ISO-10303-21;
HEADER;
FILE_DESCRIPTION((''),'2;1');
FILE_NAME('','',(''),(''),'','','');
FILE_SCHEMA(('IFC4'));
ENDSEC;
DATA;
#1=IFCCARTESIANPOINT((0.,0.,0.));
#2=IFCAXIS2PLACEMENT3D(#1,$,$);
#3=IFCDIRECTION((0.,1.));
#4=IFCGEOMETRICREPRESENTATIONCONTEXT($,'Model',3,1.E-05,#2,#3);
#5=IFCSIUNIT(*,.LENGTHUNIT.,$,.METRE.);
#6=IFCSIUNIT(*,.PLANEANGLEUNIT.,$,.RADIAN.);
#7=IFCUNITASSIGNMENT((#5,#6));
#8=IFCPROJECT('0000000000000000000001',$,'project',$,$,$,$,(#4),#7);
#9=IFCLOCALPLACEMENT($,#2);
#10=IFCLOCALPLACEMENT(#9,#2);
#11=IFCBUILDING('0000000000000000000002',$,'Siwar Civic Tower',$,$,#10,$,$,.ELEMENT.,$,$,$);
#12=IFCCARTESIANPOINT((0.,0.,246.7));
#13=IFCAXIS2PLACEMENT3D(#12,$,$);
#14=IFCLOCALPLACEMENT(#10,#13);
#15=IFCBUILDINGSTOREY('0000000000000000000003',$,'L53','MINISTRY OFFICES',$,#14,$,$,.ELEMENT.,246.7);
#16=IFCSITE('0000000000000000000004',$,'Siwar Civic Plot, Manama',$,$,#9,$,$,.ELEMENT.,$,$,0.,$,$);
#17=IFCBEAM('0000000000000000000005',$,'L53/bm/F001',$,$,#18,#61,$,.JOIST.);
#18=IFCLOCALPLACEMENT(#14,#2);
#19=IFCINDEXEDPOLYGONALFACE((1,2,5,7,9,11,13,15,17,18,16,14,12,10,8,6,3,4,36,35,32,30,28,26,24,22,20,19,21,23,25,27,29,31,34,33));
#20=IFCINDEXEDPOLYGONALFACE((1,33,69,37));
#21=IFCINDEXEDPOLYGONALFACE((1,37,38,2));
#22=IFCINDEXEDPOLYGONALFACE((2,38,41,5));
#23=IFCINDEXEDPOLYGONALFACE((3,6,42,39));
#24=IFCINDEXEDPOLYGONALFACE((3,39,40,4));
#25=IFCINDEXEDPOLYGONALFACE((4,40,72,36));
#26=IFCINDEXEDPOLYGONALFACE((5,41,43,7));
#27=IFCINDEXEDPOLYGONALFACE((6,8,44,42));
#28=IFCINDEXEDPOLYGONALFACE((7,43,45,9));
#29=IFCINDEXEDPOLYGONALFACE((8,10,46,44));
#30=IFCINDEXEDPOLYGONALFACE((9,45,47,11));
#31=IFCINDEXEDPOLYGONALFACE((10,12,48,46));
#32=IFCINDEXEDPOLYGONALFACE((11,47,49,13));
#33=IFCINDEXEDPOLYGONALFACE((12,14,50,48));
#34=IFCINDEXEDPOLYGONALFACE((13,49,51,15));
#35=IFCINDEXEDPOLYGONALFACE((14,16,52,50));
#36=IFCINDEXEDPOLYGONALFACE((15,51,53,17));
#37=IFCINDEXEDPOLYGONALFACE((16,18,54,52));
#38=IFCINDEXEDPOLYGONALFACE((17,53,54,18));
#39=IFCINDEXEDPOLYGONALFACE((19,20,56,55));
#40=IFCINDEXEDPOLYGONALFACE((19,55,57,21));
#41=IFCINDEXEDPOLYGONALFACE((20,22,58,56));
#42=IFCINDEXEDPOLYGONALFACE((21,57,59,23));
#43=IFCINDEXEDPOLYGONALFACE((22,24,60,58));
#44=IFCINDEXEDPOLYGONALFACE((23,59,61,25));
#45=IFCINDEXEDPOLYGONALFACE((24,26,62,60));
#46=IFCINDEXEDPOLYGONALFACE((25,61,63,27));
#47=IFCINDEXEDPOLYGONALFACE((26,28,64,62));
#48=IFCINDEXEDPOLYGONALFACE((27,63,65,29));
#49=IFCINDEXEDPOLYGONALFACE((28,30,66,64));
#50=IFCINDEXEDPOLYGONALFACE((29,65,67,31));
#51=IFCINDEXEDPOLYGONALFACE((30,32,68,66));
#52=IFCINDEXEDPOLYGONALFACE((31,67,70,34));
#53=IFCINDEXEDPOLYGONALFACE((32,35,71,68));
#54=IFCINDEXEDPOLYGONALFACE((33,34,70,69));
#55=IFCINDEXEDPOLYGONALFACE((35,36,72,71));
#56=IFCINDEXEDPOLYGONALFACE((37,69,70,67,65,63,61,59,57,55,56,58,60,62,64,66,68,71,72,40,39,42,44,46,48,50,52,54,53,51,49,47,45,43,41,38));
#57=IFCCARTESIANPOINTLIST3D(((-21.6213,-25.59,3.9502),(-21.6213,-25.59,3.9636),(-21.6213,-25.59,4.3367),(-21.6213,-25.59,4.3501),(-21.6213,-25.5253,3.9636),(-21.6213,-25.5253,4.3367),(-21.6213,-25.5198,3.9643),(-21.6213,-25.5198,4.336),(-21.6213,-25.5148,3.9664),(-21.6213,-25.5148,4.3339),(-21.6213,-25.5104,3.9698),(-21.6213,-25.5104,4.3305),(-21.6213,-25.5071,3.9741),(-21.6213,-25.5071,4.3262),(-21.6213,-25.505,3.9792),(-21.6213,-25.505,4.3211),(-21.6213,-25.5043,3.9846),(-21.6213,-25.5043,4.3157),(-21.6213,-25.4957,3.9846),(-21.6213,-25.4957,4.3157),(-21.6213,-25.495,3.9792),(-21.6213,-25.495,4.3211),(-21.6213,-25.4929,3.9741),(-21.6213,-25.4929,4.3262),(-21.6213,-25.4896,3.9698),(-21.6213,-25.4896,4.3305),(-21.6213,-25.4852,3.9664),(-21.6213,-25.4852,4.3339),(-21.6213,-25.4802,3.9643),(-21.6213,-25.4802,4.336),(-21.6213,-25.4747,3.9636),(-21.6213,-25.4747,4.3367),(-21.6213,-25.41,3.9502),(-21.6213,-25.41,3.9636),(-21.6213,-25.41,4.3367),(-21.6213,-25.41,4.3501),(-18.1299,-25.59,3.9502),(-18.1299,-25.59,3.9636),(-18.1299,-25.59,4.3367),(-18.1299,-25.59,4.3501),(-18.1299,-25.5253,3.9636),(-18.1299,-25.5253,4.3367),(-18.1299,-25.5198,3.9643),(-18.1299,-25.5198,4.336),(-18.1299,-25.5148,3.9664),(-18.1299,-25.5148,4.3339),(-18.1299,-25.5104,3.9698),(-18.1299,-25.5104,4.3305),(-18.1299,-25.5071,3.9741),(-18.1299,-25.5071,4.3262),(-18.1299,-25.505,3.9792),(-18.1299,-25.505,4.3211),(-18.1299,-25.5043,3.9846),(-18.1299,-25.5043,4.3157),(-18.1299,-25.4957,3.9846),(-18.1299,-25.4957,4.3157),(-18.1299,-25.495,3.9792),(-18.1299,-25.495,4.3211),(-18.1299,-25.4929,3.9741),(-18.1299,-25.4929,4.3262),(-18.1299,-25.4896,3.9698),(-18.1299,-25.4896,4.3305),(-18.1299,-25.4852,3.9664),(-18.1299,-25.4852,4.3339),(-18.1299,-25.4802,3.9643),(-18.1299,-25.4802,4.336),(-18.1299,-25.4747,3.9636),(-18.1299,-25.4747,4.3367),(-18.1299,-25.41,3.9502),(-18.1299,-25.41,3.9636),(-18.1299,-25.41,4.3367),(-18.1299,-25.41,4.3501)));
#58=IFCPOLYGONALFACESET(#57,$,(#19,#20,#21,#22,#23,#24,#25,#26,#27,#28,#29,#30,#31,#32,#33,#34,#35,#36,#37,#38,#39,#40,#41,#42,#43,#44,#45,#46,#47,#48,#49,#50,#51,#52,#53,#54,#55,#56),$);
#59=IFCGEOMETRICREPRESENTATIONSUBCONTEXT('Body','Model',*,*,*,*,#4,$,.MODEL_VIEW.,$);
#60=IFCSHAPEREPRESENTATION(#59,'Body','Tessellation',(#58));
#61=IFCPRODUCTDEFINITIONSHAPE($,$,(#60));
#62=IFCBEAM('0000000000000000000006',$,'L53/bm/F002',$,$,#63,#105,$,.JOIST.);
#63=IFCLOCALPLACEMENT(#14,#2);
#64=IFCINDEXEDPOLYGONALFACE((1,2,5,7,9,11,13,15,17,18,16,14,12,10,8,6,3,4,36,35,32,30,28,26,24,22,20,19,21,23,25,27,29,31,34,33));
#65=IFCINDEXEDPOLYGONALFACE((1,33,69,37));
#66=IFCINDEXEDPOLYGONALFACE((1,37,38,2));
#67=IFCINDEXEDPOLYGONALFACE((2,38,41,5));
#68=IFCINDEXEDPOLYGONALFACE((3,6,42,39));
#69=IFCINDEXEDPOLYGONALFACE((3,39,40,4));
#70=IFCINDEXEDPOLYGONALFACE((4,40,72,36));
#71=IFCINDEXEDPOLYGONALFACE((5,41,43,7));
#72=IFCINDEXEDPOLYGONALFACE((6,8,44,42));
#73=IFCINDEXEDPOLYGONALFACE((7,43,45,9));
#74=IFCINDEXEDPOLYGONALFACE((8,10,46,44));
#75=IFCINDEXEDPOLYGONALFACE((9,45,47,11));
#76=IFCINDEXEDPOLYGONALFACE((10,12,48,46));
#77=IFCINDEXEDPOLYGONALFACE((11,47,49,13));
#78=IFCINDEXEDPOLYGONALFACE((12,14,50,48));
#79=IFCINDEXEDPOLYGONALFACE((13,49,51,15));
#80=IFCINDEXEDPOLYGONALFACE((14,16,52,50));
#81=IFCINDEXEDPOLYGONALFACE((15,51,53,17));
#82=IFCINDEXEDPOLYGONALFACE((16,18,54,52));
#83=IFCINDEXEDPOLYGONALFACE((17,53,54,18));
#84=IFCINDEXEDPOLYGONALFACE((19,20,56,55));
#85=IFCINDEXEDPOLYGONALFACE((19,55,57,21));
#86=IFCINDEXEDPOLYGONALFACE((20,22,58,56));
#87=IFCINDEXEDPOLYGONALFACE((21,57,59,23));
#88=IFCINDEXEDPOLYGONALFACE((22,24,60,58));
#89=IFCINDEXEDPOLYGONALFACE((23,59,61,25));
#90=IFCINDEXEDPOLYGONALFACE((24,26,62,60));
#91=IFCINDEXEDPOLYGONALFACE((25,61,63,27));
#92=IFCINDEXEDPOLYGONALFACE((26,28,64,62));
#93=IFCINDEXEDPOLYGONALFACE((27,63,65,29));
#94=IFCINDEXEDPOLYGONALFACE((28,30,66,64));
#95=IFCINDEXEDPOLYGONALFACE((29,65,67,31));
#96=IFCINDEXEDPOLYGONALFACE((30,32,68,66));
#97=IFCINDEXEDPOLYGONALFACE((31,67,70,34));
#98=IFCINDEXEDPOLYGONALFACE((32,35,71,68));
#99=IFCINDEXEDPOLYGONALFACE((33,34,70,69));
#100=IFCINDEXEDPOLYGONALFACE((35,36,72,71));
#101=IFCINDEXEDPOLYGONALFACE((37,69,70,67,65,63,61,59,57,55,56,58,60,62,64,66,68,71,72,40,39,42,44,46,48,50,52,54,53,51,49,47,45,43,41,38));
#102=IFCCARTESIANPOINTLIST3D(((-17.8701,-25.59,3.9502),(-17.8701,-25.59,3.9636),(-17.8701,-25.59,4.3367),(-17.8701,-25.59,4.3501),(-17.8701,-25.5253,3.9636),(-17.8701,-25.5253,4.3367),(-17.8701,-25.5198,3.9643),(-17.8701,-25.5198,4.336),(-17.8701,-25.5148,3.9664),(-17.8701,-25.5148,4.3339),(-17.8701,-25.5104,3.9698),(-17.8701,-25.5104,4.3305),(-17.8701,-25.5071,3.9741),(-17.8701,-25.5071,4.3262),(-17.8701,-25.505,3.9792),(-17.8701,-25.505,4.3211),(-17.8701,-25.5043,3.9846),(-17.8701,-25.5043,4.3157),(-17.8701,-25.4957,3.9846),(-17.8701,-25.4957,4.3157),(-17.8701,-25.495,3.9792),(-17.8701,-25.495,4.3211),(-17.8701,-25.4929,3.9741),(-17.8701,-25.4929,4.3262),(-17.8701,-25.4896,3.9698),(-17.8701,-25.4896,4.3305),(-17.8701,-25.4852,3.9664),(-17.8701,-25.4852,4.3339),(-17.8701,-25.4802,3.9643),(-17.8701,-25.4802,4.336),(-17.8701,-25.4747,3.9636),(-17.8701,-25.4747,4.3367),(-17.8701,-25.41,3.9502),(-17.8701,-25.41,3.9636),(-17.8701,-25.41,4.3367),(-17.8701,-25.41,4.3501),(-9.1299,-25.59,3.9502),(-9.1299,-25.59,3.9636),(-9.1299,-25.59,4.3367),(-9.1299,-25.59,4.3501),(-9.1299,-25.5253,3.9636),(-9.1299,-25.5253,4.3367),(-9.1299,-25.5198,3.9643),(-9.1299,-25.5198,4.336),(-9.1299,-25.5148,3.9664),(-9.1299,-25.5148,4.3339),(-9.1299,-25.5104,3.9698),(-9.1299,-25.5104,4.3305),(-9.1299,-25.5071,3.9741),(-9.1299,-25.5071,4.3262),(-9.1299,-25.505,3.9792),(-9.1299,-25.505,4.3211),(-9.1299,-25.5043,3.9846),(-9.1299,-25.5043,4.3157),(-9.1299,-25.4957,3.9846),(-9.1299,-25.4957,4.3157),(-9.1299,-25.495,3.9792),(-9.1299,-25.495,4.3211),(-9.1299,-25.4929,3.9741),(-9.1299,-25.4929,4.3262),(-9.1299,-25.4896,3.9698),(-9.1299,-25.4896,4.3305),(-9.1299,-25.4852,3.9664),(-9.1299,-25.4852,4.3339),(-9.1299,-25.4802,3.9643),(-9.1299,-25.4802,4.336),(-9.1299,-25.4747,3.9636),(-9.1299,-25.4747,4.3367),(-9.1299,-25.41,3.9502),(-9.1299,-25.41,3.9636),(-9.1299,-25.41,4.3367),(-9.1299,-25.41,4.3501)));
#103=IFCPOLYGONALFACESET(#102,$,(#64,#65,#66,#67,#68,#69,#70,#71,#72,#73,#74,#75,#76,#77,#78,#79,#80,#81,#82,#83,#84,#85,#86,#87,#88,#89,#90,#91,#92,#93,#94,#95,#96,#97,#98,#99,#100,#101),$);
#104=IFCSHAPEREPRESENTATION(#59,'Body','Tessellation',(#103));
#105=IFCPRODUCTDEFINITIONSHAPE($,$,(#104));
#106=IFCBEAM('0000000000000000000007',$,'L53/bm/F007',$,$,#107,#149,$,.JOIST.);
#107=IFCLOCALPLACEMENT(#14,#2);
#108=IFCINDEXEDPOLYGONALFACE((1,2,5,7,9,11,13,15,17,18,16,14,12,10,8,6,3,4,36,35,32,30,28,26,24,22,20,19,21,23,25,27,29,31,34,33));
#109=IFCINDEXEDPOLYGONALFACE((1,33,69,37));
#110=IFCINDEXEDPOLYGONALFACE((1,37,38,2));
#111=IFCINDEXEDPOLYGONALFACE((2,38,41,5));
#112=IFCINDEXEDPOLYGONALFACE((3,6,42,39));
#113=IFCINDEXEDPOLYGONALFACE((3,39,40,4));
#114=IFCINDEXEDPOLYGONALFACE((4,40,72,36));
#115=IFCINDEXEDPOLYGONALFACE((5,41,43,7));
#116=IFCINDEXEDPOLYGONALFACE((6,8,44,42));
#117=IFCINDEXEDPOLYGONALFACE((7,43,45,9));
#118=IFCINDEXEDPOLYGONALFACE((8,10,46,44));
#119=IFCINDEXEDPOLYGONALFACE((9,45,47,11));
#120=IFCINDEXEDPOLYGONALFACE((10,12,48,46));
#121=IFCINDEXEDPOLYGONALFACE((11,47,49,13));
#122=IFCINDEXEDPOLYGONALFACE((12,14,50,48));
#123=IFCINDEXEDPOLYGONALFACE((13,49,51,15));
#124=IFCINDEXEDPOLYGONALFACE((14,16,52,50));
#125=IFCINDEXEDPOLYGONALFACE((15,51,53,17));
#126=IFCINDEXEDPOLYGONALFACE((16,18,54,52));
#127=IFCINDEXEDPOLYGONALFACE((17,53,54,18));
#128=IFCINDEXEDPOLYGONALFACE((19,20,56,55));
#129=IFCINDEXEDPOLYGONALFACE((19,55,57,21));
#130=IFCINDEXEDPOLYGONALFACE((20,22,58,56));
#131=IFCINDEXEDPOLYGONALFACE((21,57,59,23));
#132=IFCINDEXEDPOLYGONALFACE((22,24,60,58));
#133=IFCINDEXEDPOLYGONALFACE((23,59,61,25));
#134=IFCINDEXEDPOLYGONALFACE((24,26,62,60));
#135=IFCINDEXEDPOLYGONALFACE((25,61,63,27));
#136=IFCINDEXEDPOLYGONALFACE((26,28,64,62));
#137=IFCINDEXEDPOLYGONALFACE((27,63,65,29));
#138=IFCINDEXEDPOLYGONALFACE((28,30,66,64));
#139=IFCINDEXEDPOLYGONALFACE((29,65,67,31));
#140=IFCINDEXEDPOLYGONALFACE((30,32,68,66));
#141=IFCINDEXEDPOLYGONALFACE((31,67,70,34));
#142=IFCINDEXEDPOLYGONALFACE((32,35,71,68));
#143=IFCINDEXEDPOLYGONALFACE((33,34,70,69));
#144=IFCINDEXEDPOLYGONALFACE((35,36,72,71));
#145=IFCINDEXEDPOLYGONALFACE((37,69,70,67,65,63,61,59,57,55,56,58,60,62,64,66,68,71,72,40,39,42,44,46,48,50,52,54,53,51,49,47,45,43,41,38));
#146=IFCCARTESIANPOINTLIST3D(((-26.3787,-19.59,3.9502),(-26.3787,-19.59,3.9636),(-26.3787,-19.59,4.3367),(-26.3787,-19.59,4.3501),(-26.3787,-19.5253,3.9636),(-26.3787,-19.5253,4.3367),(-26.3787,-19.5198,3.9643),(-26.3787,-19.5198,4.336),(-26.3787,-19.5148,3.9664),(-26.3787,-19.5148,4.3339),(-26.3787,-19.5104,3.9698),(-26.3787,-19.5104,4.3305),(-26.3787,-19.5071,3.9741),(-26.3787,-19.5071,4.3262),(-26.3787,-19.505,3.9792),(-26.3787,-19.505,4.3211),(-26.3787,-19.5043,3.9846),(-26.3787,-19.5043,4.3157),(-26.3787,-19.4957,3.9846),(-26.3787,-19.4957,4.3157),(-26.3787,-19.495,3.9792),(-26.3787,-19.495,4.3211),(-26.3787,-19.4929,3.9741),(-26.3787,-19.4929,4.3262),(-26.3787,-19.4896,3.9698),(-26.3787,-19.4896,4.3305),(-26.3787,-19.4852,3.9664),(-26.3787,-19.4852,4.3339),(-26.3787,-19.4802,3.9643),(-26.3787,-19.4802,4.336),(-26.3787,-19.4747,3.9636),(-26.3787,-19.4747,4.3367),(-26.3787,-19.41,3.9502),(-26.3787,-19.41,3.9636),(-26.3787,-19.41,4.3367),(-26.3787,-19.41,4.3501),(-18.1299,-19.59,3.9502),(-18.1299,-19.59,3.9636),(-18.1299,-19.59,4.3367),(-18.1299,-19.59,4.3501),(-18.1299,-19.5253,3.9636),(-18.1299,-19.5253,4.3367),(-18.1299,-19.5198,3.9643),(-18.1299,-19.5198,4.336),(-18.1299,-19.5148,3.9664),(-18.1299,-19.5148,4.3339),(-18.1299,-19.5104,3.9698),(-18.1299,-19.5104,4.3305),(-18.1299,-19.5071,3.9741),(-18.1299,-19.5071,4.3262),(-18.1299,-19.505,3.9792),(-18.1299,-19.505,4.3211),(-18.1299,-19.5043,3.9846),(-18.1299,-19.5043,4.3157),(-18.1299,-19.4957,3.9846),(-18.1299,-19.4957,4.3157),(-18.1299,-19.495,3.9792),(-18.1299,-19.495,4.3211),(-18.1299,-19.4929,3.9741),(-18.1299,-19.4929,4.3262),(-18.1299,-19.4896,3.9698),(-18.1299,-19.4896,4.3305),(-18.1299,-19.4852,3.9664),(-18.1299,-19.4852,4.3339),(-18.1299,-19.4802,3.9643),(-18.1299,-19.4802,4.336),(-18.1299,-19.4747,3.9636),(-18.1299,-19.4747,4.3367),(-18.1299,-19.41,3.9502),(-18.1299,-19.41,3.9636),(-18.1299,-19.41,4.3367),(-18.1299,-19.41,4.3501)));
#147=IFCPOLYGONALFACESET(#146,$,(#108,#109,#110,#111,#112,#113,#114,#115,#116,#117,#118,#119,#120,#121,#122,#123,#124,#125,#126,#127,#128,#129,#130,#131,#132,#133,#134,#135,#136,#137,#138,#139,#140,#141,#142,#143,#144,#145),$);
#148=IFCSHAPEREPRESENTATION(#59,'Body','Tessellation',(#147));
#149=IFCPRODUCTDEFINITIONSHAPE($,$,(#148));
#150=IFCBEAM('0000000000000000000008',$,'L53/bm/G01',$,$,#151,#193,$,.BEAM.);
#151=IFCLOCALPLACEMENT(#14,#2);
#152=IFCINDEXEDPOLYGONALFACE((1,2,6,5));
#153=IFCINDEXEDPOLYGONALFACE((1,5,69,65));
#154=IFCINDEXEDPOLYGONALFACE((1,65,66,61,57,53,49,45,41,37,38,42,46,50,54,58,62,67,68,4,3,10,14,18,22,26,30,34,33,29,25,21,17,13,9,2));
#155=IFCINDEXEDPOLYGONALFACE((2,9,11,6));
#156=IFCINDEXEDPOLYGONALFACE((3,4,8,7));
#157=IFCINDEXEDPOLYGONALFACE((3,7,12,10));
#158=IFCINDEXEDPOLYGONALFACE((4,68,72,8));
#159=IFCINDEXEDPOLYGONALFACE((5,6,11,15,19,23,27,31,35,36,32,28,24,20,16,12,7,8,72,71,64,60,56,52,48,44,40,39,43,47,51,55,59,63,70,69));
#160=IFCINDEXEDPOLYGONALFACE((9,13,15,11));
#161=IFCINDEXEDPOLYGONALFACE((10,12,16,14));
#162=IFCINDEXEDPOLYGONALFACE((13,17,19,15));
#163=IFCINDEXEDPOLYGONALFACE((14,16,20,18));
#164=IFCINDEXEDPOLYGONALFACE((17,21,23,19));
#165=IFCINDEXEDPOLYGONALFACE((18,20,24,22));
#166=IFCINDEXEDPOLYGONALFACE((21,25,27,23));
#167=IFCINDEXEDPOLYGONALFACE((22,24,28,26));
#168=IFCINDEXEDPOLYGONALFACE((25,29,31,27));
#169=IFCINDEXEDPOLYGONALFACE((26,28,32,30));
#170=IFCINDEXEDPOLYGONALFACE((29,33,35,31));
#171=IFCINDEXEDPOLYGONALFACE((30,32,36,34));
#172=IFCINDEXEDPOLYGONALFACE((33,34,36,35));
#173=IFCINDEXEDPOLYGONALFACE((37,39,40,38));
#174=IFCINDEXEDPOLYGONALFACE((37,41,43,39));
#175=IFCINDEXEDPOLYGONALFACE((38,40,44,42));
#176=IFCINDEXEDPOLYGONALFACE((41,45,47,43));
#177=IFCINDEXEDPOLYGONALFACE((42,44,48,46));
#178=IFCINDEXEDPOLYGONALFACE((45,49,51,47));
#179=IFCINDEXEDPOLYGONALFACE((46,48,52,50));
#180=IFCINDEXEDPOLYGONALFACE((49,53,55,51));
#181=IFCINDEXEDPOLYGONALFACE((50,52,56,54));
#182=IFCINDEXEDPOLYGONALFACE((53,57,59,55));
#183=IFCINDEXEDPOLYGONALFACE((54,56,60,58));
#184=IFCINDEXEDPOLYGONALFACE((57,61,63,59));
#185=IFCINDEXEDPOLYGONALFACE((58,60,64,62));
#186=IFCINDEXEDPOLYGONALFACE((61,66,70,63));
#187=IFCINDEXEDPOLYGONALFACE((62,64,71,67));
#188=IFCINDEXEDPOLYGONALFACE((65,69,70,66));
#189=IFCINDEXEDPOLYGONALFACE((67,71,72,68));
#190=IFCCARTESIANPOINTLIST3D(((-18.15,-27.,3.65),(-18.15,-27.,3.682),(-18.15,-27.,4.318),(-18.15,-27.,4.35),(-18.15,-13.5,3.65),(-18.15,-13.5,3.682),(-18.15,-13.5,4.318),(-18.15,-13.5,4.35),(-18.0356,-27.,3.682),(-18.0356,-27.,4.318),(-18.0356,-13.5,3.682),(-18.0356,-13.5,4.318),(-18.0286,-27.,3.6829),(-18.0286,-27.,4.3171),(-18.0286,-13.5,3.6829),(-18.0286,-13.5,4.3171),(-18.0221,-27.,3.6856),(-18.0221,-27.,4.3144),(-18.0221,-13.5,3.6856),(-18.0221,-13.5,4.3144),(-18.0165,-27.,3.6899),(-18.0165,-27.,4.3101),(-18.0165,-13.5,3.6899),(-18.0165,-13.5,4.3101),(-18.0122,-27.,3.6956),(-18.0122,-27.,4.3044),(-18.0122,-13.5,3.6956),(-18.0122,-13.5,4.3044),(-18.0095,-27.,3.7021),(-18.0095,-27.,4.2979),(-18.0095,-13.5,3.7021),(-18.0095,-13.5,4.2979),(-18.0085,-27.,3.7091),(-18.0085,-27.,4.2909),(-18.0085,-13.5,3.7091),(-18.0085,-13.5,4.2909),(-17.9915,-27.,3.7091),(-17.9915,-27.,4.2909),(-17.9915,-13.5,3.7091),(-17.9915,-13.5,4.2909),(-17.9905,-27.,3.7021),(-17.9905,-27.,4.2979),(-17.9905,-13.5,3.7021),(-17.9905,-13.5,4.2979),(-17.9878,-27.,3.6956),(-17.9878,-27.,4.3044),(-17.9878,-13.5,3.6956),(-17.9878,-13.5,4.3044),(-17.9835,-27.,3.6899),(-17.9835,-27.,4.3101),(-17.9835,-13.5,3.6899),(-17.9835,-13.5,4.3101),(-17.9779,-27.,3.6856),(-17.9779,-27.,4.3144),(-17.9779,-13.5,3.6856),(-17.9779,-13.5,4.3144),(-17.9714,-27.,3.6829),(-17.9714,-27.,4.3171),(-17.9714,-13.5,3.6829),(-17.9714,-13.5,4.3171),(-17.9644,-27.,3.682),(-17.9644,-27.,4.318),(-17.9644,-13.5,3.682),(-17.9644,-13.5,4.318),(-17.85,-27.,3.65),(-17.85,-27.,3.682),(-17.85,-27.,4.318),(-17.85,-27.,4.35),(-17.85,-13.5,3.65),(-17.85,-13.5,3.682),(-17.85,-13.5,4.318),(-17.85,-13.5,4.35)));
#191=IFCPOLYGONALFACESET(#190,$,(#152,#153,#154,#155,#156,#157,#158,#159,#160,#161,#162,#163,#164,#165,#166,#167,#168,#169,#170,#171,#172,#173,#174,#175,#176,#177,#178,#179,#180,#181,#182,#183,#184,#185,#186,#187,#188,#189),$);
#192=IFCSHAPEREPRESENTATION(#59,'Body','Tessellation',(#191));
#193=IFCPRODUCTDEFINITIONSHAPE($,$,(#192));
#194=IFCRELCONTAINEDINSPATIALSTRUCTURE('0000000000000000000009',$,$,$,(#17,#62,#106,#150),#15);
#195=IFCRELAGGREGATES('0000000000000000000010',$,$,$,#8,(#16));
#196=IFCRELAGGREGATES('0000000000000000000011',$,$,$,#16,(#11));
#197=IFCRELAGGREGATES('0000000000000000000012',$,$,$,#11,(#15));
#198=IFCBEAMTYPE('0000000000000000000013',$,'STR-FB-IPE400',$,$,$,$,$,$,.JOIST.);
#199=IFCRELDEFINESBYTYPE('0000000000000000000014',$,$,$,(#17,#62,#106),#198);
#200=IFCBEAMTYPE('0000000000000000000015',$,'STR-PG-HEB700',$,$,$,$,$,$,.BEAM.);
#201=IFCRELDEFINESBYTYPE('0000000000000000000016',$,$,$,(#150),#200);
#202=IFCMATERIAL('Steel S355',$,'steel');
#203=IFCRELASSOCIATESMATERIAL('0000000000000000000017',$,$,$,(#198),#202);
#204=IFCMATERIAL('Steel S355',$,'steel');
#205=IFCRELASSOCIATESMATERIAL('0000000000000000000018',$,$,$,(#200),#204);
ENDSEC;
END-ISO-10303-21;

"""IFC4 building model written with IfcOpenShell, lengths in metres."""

from ifc_helpers import new_model, si_unit, direction, frame, origin, origin_2d, place, context, subcontext, project, spatial, i_section, extrude, material, material_profile, profile_set, type_object, element, save


model = new_model("IFC4")

# Units and contexts
model_context = context("Model", 3, precision=1e-05, world=origin(), true_north=direction((0.0, 1.0)))
body_context = subcontext(model_context, "Body", "Model", "MODEL_VIEW")
ifc_project = project(units=[si_unit("LENGTHUNIT", "METRE"), si_unit("PLANEANGLEUNIT", "RADIAN")], contexts=[model_context])

# Site, building, storey
site_placement = place(None, origin())
site = spatial("IfcSite", under=ifc_project, at=site_placement, Name="Siwar Civic Plot, Manama", CompositionType="ELEMENT", RefElevation=0.0)
building_placement = place(site_placement, origin())
building = spatial("IfcBuilding", under=site, at=building_placement, Name="Siwar Civic Tower", CompositionType="ELEMENT")
storey_placement = place(building_placement, frame((0.0, 0.0, 246.7)))
storey = spatial("IfcBuildingStorey", under=building, at=storey_placement, Name="L53", Description="MINISTRY OFFICES", CompositionType="ELEMENT", Elevation=246.7)

# Beams
ifc_material_1 = material(Name="Steel S355", Category="steel")
ifc_material_profile_1 = material_profile(ifc_material_1, i_section(OverallWidth=0.1799, OverallDepth=0.3999, WebThickness=0.0085, FlangeThickness=0.0134, FilletRadius=0.021, at=origin_2d()), Name="IPE400")
ifc_profile_set_1 = profile_set([ifc_material_profile_1], Name="Steel S355")
beam_type_1 = type_object("IfcBeamType", Name="STR-FB-IPE400", PredefinedType="JOIST", material=ifc_profile_set_1)
beam_1_placement = place(storey_placement, frame((-21.6213, -25.5, 4.1501), z_axis=(1.0, 0.0, 0.0), x_axis=(0.0, 1.0, 0.0)))
element("IfcBeam", 1, at=beam_1_placement, inside=storey, type_object=beam_type_1, Name="L53/bm/F001", PredefinedType="JOIST", context=body_context, shape_type="SweptSolid", body=[
    extrude(i_section(OverallWidth=0.1799, OverallDepth=0.3999, WebThickness=0.0085, FlangeThickness=0.0134, FilletRadius=0.021, at=origin_2d()), origin(), (0.0, 0.0, 1.0), 3.4915),
])
beam_2_placement = place(storey_placement, frame((-17.8701, -25.5, 4.1501), z_axis=(1.0, 0.0, 0.0), x_axis=(0.0, 1.0, 0.0)))
element("IfcBeam", 2, at=beam_2_placement, inside=storey, type_object=beam_type_1, Name="L53/bm/F002", PredefinedType="JOIST", context=body_context, shape_type="SweptSolid", body=[
    extrude(i_section(OverallWidth=0.1799, OverallDepth=0.3999, WebThickness=0.0085, FlangeThickness=0.0134, FilletRadius=0.021, at=origin_2d()), origin(), (0.0, 0.0, 1.0), 8.7402),
])
beam_3_placement = place(storey_placement, frame((-26.3787, -19.5, 4.1501), z_axis=(1.0, 0.0, 0.0), x_axis=(0.0, 1.0, 0.0)))
element("IfcBeam", 3, at=beam_3_placement, inside=storey, type_object=beam_type_1, Name="L53/bm/F007", PredefinedType="JOIST", context=body_context, shape_type="SweptSolid", body=[
    extrude(i_section(OverallWidth=0.1799, OverallDepth=0.3999, WebThickness=0.0085, FlangeThickness=0.0134, FilletRadius=0.021, at=origin_2d()), origin(), (0.0, 0.0, 1.0), 8.2488),
])
ifc_material_2 = material(Name="Steel S355", Category="steel")
ifc_material_profile_2 = material_profile(ifc_material_2, i_section(OverallWidth=0.3, OverallDepth=0.7, WebThickness=0.0171, FlangeThickness=0.032, FilletRadius=0.0271, at=origin_2d()), Name="HEB700")
ifc_profile_set_2 = profile_set([ifc_material_profile_2], Name="Steel S355")
beam_type_2 = type_object("IfcBeamType", Name="STR-PG-HEB700", PredefinedType="BEAM", material=ifc_profile_set_2)
beam_4_placement = place(storey_placement, frame((-18.0, -27.0, 4.0), z_axis=(0.0, 1.0, 0.0), x_axis=(-1.0, 0.0, 0.0)))
element("IfcBeam", 4, at=beam_4_placement, inside=storey, type_object=beam_type_2, Name="L53/bm/G01", PredefinedType="BEAM", context=body_context, shape_type="SweptSolid", body=[
    extrude(i_section(OverallWidth=0.3, OverallDepth=0.7, WebThickness=0.0171, FlangeThickness=0.032, FilletRadius=0.0271, at=origin_2d()), origin(), (0.0, 0.0, 1.0), 13.5),
])

save(model, "model.ifc")
